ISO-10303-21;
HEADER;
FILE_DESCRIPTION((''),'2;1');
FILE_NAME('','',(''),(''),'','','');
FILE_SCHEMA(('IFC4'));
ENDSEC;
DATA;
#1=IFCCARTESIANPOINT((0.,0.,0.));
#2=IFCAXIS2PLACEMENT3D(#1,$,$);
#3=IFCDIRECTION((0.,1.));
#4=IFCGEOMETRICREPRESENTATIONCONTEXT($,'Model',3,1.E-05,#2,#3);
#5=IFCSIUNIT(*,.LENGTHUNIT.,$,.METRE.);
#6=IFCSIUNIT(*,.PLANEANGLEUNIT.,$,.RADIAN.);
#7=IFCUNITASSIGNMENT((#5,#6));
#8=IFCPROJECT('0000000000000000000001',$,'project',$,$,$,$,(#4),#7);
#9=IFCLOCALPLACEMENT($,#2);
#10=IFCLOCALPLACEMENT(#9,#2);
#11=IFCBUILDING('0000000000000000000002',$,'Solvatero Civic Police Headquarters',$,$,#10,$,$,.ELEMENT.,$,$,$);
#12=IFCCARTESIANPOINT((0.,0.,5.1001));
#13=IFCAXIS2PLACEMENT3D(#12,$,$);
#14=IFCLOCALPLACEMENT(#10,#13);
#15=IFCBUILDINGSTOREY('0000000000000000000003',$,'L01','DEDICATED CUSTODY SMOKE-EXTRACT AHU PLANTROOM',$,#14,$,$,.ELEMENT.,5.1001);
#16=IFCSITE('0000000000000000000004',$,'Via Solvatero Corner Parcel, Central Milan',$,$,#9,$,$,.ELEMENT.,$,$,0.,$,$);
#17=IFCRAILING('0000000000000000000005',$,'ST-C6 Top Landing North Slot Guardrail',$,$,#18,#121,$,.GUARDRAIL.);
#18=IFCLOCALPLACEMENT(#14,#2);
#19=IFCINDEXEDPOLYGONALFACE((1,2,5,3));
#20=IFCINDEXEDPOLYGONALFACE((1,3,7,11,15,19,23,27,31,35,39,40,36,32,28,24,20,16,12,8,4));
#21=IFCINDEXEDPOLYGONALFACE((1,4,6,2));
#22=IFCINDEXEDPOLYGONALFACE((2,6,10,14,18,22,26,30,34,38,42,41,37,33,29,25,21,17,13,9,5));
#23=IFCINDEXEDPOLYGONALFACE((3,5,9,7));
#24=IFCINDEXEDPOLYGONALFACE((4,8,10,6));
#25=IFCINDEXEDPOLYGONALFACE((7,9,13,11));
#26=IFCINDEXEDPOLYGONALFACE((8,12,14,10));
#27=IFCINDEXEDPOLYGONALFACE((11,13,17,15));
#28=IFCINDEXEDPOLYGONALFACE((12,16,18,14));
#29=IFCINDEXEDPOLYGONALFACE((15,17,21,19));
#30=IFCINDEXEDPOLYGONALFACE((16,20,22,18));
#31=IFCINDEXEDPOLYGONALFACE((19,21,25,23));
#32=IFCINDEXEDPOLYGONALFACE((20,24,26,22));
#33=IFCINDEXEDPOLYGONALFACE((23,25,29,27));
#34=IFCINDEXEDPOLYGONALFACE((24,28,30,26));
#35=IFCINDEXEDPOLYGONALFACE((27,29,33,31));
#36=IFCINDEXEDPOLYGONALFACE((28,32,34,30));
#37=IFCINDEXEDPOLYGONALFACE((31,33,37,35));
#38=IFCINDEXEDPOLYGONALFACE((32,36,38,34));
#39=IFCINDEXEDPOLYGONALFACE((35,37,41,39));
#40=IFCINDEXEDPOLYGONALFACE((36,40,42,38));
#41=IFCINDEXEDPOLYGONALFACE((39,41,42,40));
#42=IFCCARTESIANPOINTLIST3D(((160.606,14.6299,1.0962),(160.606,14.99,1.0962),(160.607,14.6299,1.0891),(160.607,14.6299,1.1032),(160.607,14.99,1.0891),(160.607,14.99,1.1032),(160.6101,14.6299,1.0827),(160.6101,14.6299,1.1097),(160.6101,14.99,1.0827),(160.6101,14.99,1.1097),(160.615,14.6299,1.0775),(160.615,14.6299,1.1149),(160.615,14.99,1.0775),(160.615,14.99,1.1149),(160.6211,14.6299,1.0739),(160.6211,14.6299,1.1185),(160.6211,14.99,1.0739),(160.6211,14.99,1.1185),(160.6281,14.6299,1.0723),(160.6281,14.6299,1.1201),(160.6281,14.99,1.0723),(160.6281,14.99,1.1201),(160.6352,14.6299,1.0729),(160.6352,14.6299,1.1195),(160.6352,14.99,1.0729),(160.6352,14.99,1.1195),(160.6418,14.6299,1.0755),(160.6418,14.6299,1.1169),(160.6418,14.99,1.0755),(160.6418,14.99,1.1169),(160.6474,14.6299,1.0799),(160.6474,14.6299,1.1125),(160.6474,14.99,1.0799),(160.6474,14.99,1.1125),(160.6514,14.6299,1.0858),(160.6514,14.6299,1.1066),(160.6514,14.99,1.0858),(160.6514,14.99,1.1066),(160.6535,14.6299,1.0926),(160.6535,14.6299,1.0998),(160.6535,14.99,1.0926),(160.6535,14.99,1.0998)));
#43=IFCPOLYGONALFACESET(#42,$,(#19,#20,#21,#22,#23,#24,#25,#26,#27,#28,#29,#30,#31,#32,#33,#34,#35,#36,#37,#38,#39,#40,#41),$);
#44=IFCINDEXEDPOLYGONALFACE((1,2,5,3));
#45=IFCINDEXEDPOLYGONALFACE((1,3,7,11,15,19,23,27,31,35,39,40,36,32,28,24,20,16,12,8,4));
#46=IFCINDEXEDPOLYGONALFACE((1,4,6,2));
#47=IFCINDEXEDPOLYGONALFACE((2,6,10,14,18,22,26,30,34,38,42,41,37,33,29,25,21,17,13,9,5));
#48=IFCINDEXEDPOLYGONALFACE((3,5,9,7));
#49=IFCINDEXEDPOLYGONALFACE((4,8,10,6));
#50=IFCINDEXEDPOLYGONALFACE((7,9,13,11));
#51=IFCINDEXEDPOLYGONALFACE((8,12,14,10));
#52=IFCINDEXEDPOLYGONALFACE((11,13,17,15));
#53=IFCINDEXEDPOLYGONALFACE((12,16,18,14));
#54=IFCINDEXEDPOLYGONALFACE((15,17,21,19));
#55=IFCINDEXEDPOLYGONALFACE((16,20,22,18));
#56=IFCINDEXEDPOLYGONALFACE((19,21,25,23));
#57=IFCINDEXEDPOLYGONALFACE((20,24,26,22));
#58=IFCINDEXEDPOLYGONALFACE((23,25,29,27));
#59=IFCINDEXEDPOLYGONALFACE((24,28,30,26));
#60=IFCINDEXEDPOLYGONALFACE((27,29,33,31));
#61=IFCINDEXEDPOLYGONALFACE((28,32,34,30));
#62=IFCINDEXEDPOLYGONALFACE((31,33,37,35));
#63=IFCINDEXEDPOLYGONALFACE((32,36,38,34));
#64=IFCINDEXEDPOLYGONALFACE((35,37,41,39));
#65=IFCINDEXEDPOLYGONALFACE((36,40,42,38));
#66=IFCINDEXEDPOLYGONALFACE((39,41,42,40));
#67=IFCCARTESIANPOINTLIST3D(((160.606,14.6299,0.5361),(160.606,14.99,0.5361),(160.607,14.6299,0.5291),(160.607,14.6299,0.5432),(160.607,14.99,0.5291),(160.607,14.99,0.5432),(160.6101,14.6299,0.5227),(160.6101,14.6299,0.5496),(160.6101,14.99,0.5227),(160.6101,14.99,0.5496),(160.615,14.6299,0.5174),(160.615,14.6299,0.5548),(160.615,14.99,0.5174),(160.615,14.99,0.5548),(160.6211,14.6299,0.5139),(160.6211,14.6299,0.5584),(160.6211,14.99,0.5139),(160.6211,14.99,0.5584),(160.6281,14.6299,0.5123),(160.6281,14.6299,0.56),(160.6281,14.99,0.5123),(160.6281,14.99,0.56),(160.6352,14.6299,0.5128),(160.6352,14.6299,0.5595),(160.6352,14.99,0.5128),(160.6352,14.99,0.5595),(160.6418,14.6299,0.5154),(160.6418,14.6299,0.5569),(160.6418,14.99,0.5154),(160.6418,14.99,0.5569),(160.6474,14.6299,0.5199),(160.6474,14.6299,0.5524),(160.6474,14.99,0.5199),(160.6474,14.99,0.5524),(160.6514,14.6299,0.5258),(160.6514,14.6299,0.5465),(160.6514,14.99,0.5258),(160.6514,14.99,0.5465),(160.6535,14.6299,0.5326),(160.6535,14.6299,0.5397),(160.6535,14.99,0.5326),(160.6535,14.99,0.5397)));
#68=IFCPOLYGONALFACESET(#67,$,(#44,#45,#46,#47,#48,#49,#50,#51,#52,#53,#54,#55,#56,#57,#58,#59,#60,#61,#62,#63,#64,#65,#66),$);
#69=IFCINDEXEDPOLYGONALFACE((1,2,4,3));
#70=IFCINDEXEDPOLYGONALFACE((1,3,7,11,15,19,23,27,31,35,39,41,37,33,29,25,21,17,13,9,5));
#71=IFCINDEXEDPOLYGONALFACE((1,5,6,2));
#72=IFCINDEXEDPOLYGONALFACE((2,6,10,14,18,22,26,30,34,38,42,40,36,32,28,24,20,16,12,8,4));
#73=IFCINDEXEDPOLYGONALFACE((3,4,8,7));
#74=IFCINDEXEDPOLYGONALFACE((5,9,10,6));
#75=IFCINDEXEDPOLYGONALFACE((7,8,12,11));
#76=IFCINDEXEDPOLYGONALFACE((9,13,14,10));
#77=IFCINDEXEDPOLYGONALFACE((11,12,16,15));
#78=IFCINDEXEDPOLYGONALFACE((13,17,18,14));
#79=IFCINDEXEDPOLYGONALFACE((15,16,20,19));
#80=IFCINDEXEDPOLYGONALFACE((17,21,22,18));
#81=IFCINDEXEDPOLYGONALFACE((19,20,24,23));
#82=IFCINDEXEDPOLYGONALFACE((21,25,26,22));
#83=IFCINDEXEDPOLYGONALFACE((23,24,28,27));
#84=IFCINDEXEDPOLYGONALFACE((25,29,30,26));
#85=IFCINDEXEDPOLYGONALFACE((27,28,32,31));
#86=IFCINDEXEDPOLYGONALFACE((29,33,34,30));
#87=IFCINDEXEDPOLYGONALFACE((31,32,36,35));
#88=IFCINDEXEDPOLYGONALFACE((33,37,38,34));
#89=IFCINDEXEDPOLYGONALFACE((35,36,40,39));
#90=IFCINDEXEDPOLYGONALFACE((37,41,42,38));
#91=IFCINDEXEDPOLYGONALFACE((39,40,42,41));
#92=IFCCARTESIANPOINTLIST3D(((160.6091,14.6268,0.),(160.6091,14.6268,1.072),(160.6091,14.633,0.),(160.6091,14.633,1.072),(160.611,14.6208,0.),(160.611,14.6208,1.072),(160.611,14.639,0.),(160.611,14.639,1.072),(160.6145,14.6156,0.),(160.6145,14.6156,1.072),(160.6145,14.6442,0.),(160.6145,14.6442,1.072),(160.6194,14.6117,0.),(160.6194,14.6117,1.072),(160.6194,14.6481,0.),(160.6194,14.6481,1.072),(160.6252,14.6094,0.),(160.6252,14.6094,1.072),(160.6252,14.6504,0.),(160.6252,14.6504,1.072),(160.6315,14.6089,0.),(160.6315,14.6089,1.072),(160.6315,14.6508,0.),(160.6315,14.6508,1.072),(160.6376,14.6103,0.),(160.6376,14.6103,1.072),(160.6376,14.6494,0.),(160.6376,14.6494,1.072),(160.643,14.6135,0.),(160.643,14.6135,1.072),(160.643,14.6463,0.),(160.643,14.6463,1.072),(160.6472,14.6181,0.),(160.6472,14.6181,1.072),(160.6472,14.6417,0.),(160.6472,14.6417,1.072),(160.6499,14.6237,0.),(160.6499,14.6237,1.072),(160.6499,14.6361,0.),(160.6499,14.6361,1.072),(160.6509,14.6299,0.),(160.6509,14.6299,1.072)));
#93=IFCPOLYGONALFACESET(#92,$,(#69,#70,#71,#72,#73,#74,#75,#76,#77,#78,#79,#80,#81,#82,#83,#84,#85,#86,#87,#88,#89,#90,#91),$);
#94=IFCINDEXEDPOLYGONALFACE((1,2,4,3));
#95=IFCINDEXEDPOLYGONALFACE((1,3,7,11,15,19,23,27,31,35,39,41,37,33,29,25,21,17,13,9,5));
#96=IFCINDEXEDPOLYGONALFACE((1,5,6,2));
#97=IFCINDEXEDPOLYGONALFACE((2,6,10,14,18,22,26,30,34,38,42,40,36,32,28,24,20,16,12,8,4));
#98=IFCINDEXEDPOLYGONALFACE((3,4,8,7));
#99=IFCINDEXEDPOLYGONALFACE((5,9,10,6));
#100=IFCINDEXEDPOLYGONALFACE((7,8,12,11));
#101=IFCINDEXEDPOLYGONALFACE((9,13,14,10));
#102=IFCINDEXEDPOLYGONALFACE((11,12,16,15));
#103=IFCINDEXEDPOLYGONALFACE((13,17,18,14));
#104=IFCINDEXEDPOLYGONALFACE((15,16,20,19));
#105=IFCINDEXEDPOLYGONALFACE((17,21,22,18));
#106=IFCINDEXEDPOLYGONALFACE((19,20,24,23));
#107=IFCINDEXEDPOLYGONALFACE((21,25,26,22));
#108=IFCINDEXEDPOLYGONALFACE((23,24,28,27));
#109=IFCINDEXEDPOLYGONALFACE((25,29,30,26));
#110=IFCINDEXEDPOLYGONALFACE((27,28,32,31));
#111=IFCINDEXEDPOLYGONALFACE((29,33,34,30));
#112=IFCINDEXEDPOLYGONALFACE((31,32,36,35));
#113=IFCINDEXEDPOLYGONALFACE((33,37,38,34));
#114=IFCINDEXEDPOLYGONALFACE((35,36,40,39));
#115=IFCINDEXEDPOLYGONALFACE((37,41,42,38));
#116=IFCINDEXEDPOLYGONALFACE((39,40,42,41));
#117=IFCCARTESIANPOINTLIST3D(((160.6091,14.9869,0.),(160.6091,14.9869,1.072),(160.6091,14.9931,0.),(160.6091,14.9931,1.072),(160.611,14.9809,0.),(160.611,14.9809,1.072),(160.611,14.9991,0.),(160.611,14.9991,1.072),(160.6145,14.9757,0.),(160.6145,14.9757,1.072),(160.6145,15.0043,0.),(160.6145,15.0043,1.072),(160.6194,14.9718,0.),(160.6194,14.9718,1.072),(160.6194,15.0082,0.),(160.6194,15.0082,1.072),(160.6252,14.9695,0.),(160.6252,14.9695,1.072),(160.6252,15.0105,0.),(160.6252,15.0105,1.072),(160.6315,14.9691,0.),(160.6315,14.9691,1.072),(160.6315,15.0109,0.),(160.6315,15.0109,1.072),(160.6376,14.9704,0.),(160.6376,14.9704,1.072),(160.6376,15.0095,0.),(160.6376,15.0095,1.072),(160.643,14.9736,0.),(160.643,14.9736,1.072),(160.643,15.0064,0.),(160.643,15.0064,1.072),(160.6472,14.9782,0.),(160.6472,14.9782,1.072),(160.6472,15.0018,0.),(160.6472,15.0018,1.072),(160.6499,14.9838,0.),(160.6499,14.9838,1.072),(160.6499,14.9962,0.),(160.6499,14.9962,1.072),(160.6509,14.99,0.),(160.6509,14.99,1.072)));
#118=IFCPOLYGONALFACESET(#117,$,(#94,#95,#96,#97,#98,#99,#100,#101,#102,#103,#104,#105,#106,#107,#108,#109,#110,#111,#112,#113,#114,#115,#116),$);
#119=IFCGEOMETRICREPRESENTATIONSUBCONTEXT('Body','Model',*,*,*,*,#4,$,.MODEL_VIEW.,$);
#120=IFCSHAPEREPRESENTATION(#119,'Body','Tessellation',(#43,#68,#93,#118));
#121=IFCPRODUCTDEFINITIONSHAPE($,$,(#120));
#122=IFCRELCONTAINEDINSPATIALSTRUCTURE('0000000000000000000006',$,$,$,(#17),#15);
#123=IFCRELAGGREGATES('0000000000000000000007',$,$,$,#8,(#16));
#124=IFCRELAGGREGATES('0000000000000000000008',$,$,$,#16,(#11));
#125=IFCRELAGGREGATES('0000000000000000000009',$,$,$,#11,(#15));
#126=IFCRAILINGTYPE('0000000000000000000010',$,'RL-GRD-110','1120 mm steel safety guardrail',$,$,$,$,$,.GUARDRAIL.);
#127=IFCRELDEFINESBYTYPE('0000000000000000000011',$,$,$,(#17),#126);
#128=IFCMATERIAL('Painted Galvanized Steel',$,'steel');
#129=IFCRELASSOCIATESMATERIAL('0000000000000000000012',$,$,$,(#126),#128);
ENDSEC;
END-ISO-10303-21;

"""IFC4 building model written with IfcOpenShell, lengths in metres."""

from ifc_helpers import new_model, si_unit, direction, frame, origin, origin_2d, place, context, subcontext, project, spatial, circle, extrude, material, type_object, element, save


model = new_model("IFC4")

# Units and contexts
model_context = context("Model", 3, precision=1e-05, world=origin(), true_north=direction((0.0, 1.0)))
body_context = subcontext(model_context, "Body", "Model", "MODEL_VIEW")
ifc_project = project(units=[si_unit("LENGTHUNIT", "METRE"), si_unit("PLANEANGLEUNIT", "RADIAN")], contexts=[model_context])

# Site, building, storey
site_placement = place(None, origin())
site = spatial("IfcSite", under=ifc_project, at=site_placement, Name="Via Solvatero Corner Parcel, Central Milan", CompositionType="ELEMENT", RefElevation=0.0)
building_placement = place(site_placement, origin())
building = spatial("IfcBuilding", under=site, at=building_placement, Name="Solvatero Civic Police Headquarters", CompositionType="ELEMENT")
storey_placement = place(building_placement, frame((0.0, 0.0, 5.1001)))
storey = spatial("IfcBuildingStorey", under=building, at=storey_placement, Name="L01", Description="DEDICATED CUSTODY SMOKE-EXTRACT AHU PLANTROOM", CompositionType="ELEMENT", Elevation=5.1001)

# Railing
ifc_material_1 = material(Name="Painted Galvanized Steel", Category="steel")
railing_type = type_object("IfcRailingType", Name="RL-GRD-110", Description="1120 mm steel safety guardrail", PredefinedType="GUARDRAIL", material=ifc_material_1)
railing_1_placement = place(storey_placement, frame((160.6299, 14.6299, 0.0)))
element("IfcRailing", 1, at=railing_1_placement, inside=storey, type_object=railing_type, Name="ST-C6 Top Landing North Slot Guardrail", PredefinedType="GUARDRAIL", context=body_context, shape_type="SweptSolid", body=[
    extrude(circle(Radius=0.0239, at=origin_2d()), frame((0.0, 0.0, 1.0962), z_axis=(0.0, 1.0, 0.0), x_axis=(-1.0, 0.0, 0.0)), (0.0, 0.0, 1.0), 0.3601),
    extrude(circle(Radius=0.0239, at=origin_2d()), frame((0.0, 0.0, 0.5361), z_axis=(0.0, 1.0, 0.0), x_axis=(-1.0, 0.0, 0.0)), (0.0, 0.0, 1.0), 0.3601),
    extrude(circle(Radius=0.021, at=origin_2d()), origin(), (0.0, 0.0, 1.0), 1.072),
    extrude(circle(Radius=0.021, at=origin_2d()), frame((0.0, 0.3601, 0.0)), (0.0, 0.0, 1.0), 1.072),
])

save(model, "model.ifc")
